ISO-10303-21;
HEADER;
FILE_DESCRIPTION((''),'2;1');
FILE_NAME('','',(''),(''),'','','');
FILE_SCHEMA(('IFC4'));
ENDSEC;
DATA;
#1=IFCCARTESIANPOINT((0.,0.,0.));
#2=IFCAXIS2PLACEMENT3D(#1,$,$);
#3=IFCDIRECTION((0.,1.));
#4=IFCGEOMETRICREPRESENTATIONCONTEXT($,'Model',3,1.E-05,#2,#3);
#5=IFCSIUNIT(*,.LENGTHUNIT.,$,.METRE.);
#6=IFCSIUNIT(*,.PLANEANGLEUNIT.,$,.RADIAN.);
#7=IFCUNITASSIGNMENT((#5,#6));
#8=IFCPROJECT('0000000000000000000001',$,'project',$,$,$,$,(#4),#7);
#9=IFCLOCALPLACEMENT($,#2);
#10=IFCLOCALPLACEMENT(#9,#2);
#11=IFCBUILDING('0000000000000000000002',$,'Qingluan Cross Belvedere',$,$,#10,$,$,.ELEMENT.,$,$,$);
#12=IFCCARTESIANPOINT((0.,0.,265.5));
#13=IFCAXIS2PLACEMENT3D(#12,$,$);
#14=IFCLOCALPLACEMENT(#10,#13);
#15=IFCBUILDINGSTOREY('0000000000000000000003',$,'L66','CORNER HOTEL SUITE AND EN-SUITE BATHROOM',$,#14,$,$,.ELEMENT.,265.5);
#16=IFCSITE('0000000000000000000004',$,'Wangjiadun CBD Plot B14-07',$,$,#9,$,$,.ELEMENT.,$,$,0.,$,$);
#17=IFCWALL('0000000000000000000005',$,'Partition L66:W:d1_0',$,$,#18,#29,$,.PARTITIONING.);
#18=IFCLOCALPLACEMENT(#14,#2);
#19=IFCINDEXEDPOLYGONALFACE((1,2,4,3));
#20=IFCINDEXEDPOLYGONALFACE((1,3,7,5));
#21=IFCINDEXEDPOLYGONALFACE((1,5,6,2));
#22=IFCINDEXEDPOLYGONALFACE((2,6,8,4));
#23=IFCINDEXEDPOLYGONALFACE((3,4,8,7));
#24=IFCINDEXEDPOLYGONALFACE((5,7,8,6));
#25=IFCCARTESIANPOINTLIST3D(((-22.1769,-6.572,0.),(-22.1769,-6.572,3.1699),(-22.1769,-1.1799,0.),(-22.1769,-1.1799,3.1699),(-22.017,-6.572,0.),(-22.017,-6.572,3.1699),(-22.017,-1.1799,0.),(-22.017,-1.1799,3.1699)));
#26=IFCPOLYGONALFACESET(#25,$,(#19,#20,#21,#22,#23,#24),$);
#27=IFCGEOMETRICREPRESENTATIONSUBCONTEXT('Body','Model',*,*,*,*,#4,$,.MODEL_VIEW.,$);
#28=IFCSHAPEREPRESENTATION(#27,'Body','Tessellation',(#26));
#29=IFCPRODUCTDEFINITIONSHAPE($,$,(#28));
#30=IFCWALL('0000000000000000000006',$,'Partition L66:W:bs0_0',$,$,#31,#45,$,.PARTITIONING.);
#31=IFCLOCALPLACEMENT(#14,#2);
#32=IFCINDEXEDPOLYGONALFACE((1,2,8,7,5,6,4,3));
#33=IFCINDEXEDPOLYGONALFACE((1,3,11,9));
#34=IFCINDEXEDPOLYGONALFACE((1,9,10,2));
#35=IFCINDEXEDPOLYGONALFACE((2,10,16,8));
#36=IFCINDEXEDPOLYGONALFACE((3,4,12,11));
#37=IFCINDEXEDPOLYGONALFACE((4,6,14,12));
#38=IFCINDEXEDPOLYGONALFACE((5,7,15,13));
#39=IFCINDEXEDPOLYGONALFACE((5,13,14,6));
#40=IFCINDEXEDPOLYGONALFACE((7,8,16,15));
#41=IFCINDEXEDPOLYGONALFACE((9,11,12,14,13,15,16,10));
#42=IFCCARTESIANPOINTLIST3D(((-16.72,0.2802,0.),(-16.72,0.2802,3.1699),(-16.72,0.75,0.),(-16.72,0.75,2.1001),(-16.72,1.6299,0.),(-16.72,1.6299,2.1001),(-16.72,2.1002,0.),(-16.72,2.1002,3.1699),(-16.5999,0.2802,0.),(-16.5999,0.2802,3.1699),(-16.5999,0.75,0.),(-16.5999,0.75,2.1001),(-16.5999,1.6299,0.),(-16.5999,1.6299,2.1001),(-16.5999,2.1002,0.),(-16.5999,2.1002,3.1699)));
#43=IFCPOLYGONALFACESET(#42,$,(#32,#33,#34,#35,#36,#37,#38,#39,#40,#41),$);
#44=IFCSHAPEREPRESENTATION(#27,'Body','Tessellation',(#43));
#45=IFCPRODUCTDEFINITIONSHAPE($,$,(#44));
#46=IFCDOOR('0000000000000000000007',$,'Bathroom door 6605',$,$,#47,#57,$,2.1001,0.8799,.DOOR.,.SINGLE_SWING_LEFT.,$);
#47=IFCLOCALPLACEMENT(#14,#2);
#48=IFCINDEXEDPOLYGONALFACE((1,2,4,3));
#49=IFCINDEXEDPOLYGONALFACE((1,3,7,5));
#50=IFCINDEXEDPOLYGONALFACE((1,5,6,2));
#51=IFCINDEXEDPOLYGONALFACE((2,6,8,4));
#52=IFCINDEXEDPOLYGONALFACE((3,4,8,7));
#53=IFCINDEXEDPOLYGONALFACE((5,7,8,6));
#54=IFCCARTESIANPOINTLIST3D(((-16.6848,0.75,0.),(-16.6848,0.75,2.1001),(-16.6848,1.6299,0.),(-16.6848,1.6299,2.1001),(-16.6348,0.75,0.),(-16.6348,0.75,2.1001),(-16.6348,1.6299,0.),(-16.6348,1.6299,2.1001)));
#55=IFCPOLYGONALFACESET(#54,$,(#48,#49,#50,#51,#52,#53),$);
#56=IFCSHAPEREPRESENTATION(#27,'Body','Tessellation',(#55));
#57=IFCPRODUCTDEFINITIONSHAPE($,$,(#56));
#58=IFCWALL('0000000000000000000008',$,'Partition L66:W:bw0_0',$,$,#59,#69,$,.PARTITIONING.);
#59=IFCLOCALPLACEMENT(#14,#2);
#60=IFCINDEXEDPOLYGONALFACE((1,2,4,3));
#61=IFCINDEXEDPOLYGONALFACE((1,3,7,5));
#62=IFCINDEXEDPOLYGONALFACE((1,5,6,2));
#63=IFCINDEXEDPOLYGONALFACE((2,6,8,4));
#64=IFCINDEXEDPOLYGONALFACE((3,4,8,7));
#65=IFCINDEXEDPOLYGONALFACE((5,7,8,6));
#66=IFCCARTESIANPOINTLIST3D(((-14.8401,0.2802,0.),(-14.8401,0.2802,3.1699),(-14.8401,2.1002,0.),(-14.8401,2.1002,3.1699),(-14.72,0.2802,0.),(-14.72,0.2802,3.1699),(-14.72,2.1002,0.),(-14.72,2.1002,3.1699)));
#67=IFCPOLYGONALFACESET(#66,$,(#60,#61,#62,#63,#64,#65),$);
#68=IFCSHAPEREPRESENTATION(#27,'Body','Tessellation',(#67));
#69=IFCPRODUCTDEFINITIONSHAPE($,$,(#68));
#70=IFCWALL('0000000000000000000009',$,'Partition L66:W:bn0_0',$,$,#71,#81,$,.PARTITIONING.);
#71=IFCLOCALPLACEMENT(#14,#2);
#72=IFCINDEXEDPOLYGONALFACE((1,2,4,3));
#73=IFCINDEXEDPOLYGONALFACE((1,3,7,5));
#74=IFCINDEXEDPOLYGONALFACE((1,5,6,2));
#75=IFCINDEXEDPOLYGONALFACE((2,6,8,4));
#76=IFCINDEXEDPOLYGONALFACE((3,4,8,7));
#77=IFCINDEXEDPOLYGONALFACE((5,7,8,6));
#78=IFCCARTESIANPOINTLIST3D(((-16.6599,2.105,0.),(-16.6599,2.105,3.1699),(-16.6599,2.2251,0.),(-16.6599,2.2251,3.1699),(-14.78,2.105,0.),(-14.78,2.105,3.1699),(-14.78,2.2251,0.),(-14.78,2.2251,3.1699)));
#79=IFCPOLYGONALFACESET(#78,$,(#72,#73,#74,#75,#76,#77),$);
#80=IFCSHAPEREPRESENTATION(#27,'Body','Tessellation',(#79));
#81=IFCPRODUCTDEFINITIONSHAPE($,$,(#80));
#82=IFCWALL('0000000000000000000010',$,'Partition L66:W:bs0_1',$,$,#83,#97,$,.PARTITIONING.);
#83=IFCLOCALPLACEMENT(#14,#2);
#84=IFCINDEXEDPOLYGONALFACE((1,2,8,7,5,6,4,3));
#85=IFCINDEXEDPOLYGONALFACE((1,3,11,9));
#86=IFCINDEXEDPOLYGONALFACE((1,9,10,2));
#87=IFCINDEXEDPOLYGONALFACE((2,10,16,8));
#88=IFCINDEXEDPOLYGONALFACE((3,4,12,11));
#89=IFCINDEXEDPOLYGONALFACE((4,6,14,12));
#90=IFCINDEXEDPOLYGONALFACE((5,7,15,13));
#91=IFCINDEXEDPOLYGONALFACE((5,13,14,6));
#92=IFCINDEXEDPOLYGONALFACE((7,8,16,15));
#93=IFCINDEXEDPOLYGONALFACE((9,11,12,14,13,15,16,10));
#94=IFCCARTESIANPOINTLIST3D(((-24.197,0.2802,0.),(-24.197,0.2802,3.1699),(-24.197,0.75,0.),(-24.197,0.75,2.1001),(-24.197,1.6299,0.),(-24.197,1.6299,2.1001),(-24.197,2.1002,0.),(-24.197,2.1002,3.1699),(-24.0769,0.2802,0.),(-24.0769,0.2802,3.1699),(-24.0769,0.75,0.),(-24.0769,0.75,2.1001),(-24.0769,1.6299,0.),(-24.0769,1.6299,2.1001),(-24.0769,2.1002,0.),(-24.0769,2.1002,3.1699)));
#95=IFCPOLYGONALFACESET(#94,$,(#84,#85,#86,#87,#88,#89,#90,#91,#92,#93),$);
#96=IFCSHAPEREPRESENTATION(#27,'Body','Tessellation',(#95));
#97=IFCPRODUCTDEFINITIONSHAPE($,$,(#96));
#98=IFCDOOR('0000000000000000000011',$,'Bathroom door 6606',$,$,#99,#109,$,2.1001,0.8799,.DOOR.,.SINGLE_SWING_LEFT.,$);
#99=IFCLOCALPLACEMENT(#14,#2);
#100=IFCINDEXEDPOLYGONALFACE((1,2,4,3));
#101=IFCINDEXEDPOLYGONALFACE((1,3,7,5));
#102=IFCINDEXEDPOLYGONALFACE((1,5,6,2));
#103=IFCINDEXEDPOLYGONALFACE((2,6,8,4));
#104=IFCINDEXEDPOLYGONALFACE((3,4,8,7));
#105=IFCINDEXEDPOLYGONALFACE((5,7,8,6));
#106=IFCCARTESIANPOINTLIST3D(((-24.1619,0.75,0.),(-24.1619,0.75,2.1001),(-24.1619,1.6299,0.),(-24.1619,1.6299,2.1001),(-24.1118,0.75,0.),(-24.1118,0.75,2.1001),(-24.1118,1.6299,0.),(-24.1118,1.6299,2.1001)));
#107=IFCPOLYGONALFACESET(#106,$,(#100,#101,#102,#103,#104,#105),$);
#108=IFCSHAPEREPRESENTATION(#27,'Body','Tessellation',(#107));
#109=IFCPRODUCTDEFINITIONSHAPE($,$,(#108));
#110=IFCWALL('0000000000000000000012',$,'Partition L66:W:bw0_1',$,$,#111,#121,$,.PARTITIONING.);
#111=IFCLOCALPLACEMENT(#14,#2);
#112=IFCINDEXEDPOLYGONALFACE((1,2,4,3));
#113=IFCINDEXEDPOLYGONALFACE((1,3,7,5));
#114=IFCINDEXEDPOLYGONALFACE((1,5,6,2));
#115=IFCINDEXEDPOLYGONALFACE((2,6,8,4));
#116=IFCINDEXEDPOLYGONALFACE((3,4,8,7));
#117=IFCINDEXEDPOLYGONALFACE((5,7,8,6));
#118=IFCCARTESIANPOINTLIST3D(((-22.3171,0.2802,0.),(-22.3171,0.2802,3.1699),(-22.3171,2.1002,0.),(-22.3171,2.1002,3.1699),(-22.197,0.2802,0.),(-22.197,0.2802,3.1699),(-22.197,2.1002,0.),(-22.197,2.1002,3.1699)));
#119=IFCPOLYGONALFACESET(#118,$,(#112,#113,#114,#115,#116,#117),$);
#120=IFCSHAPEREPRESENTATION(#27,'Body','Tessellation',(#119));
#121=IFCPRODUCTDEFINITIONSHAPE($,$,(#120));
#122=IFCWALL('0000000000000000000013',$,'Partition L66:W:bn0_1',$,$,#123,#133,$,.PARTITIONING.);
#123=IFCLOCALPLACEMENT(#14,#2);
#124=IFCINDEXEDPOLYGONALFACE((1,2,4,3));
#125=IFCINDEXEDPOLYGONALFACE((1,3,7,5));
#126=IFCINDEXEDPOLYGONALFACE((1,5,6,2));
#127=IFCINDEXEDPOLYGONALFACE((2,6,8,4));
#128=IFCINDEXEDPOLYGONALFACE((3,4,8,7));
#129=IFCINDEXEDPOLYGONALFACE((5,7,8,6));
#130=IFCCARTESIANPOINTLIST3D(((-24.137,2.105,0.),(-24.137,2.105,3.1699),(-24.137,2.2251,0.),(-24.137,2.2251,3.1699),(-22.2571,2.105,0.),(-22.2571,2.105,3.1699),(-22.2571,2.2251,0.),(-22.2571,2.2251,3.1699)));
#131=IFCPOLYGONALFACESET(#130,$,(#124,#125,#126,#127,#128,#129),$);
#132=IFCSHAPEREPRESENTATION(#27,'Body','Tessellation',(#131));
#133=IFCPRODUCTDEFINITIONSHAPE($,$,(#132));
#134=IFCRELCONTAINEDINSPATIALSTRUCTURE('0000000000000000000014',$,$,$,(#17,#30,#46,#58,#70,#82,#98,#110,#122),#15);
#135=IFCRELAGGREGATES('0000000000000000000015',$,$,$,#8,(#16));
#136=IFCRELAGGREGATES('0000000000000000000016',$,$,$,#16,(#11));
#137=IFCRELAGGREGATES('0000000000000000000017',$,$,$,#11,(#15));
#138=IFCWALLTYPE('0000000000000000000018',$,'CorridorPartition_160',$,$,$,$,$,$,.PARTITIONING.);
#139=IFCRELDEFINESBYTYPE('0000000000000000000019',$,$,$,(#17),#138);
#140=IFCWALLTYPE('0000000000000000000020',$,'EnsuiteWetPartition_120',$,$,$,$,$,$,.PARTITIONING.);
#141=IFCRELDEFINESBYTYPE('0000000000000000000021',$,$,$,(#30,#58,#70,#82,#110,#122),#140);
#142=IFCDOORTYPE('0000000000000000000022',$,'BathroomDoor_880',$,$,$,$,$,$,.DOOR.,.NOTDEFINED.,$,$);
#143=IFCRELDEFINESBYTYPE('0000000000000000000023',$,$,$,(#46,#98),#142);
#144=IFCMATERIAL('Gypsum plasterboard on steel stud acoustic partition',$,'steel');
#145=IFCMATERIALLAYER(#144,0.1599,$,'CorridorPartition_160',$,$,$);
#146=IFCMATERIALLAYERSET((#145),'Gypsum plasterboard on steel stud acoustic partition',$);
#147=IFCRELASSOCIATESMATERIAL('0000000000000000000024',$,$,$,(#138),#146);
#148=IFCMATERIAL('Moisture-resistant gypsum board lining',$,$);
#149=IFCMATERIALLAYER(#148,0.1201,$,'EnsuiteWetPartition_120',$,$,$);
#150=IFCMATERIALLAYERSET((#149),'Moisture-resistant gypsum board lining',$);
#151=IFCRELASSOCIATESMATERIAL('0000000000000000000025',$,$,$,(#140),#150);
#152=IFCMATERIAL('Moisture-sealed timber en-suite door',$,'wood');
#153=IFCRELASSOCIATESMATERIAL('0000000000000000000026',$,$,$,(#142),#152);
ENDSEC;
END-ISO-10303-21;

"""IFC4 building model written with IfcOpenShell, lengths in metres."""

from ifc_helpers import new_model, si_unit, direction, frame, frame_2d, origin, place, context, subcontext, project, spatial, rectangle, extrude, material, layer, layer_set, type_object, element, fill, save


model = new_model("IFC4")

# Units and contexts
model_context = context("Model", 3, precision=1e-05, world=origin(), true_north=direction((0.0, 1.0)))
body_context = subcontext(model_context, "Body", "Model", "MODEL_VIEW")
ifc_project = project(units=[si_unit("LENGTHUNIT", "METRE"), si_unit("PLANEANGLEUNIT", "RADIAN")], contexts=[model_context])

# Site, building, storey
site_placement = place(None, origin())
site = spatial("IfcSite", under=ifc_project, at=site_placement, Name="Wangjiadun CBD Plot B14-07", CompositionType="ELEMENT", RefElevation=0.0)
building_placement = place(site_placement, origin())
building = spatial("IfcBuilding", under=site, at=building_placement, Name="Qingluan Cross Belvedere", CompositionType="ELEMENT")
storey_placement = place(building_placement, frame((0.0, 0.0, 265.5)))
storey = spatial("IfcBuildingStorey", under=building, at=storey_placement, Name="L66", Description="CORNER HOTEL SUITE AND EN-SUITE BATHROOM", CompositionType="ELEMENT", Elevation=265.5)

# Shared definitions
ifc_material_1 = material(Name="Gypsum plasterboard on steel stud acoustic partition", Category="steel")
ifc_layer_1 = layer(ifc_material_1, 0.1599, Name="CorridorPartition_160")
ifc_layer_set_1 = layer_set([ifc_layer_1], Name="Gypsum plasterboard on steel stud acoustic partition")
wall_type_1 = type_object("IfcWallType", Name="CorridorPartition_160", PredefinedType="PARTITIONING", material=ifc_layer_set_1)

# Wall
wall_1_placement = place(storey_placement, frame((-22.0969, -1.1799, 0.0), z_axis=(0.0, 0.0, 1.0), x_axis=(0.0, -1.0, 0.0)))
element("IfcWall", 1, at=wall_1_placement, inside=storey, type_object=wall_type_1, Name="Partition L66:W:d1_0", PredefinedType="PARTITIONING", context=body_context, shape_type="SweptSolid", body=[
    extrude(rectangle(XDim=5.3921, YDim=0.1599, at=frame_2d((2.696, 0.0))), origin(), (0.0, 0.0, 1.0), 3.1699),
])

# Wall, opening, door
ifc_material_2 = material(Name="Moisture-resistant gypsum board lining")
ifc_layer_2 = layer(ifc_material_2, 0.1201, Name="EnsuiteWetPartition_120")
ifc_layer_set_2 = layer_set([ifc_layer_2], Name="Moisture-resistant gypsum board lining")
wall_type_2 = type_object("IfcWallType", Name="EnsuiteWetPartition_120", PredefinedType="PARTITIONING", material=ifc_layer_set_2)
wall_2_placement = place(storey_placement, frame((-16.6599, 0.28, 0.0), z_axis=(0.0, 0.0, 1.0), x_axis=(0.0, 1.0, 0.0)))
wall_2 = element("IfcWall", 2, at=wall_2_placement, inside=storey, type_object=wall_type_2, Name="Partition L66:W:bs0_0", PredefinedType="PARTITIONING", context=body_context, shape_type="SweptSolid", body=[
    extrude(rectangle(XDim=1.8201, YDim=0.1201, at=frame_2d((0.9102, 0.0))), origin(), (0.0, 0.0, 1.0), 3.1699),
])
opening_1_placement = place(wall_2_placement, frame((0.47, 0.0, 0.0)))
opening_1 = element("IfcOpeningElement", 3, at=opening_1_placement, cuts=wall_2, PredefinedType="OPENING", context=body_context, shape_type="SweptSolid", body=[
    extrude(rectangle(XDim=0.8799, YDim=2.1001, at=frame_2d((0.4399, 1.05))), frame((0.0, 0.0701, 0.0), z_axis=(0.0, -1.0, 0.0), x_axis=(1.0, 0.0, 0.0)), (0.0, 0.0, 1.0), 0.1401),
])
ifc_material_3 = material(Name="Moisture-sealed timber en-suite door", Category="wood")
door_type_1 = type_object("IfcDoorType", Name="BathroomDoor_880", OperationType="NOTDEFINED", PredefinedType="DOOR", material=ifc_material_3)
door_1_placement = place(opening_1_placement, origin())
door_1 = element("IfcDoor", 4, at=door_1_placement, inside=storey, type_object=door_type_1, Name="Bathroom door 6605", OperationType="SINGLE_SWING_LEFT", OverallHeight=2.1001, OverallWidth=0.8799, PredefinedType="DOOR", context=body_context, shape_type="SweptSolid", body=[
    extrude(rectangle(XDim=0.8799, YDim=2.1001, at=frame_2d((0.4399, 1.05))), frame((0.0, 0.0249, 0.0), z_axis=(0.0, -1.0, 0.0), x_axis=(1.0, 0.0, 0.0)), (0.0, 0.0, 1.0), 0.05),
])
fill(opening_1, door_1)

# Walls
wall_3_placement = place(storey_placement, frame((-14.78, 0.28, 0.0), z_axis=(0.0, 0.0, 1.0), x_axis=(0.0, 1.0, 0.0)))
element("IfcWall", 5, at=wall_3_placement, inside=storey, type_object=wall_type_2, Name="Partition L66:W:bw0_0", PredefinedType="PARTITIONING", context=body_context, shape_type="SweptSolid", body=[
    extrude(rectangle(XDim=1.8201, YDim=0.1201, at=frame_2d((0.9102, 0.0))), origin(), (0.0, 0.0, 1.0), 3.1699),
])
wall_4_placement = place(storey_placement, frame((-14.78, 2.165, 0.0), z_axis=(0.0, 0.0, 1.0), x_axis=(-1.0, 0.0, 0.0)))
element("IfcWall", 6, at=wall_4_placement, inside=storey, type_object=wall_type_2, Name="Partition L66:W:bn0_0", PredefinedType="PARTITIONING", context=body_context, shape_type="SweptSolid", body=[
    extrude(rectangle(XDim=1.8799, YDim=0.1201, at=frame_2d((0.9399, 0.0))), origin(), (0.0, 0.0, 1.0), 3.1699),
])

# Wall, opening, door
wall_5_placement = place(storey_placement, frame((-24.137, 0.28, 0.0), z_axis=(0.0, 0.0, 1.0), x_axis=(0.0, 1.0, 0.0)))
wall_5 = element("IfcWall", 7, at=wall_5_placement, inside=storey, type_object=wall_type_2, Name="Partition L66:W:bs0_1", PredefinedType="PARTITIONING", context=body_context, shape_type="SweptSolid", body=[
    extrude(rectangle(XDim=1.8201, YDim=0.1201, at=frame_2d((0.9102, 0.0))), origin(), (0.0, 0.0, 1.0), 3.1699),
])
opening_2_placement = place(wall_5_placement, frame((0.47, 0.0, 0.0)))
opening_2 = element("IfcOpeningElement", 8, at=opening_2_placement, cuts=wall_5, PredefinedType="OPENING", context=body_context, shape_type="SweptSolid", body=[
    extrude(rectangle(XDim=0.8799, YDim=2.1001, at=frame_2d((0.4399, 1.05))), frame((0.0, 0.0701, 0.0), z_axis=(0.0, -1.0, 0.0), x_axis=(1.0, 0.0, 0.0)), (0.0, 0.0, 1.0), 0.1401),
])
door_2_placement = place(opening_2_placement, origin())
door_2 = element("IfcDoor", 9, at=door_2_placement, inside=storey, type_object=door_type_1, Name="Bathroom door 6606", OperationType="SINGLE_SWING_LEFT", OverallHeight=2.1001, OverallWidth=0.8799, PredefinedType="DOOR", context=body_context, shape_type="SweptSolid", body=[
    extrude(rectangle(XDim=0.8799, YDim=2.1001, at=frame_2d((0.4399, 1.05))), frame((0.0, 0.0249, 0.0), z_axis=(0.0, -1.0, 0.0), x_axis=(1.0, 0.0, 0.0)), (0.0, 0.0, 1.0), 0.05),
])
fill(opening_2, door_2)

# Walls
wall_6_placement = place(storey_placement, frame((-22.2571, 0.28, 0.0), z_axis=(0.0, 0.0, 1.0), x_axis=(0.0, 1.0, 0.0)))
element("IfcWall", 10, at=wall_6_placement, inside=storey, type_object=wall_type_2, Name="Partition L66:W:bw0_1", PredefinedType="PARTITIONING", context=body_context, shape_type="SweptSolid", body=[
    extrude(rectangle(XDim=1.8201, YDim=0.1201, at=frame_2d((0.9102, 0.0))), origin(), (0.0, 0.0, 1.0), 3.1699),
])
wall_7_placement = place(storey_placement, frame((-22.2571, 2.165, 0.0), z_axis=(0.0, 0.0, 1.0), x_axis=(-1.0, 0.0, 0.0)))
element("IfcWall", 11, at=wall_7_placement, inside=storey, type_object=wall_type_2, Name="Partition L66:W:bn0_1", PredefinedType="PARTITIONING", context=body_context, shape_type="SweptSolid", body=[
    extrude(rectangle(XDim=1.8799, YDim=0.1201, at=frame_2d((0.9399, 0.0))), origin(), (0.0, 0.0, 1.0), 3.1699),
])

save(model, "model.ifc")
